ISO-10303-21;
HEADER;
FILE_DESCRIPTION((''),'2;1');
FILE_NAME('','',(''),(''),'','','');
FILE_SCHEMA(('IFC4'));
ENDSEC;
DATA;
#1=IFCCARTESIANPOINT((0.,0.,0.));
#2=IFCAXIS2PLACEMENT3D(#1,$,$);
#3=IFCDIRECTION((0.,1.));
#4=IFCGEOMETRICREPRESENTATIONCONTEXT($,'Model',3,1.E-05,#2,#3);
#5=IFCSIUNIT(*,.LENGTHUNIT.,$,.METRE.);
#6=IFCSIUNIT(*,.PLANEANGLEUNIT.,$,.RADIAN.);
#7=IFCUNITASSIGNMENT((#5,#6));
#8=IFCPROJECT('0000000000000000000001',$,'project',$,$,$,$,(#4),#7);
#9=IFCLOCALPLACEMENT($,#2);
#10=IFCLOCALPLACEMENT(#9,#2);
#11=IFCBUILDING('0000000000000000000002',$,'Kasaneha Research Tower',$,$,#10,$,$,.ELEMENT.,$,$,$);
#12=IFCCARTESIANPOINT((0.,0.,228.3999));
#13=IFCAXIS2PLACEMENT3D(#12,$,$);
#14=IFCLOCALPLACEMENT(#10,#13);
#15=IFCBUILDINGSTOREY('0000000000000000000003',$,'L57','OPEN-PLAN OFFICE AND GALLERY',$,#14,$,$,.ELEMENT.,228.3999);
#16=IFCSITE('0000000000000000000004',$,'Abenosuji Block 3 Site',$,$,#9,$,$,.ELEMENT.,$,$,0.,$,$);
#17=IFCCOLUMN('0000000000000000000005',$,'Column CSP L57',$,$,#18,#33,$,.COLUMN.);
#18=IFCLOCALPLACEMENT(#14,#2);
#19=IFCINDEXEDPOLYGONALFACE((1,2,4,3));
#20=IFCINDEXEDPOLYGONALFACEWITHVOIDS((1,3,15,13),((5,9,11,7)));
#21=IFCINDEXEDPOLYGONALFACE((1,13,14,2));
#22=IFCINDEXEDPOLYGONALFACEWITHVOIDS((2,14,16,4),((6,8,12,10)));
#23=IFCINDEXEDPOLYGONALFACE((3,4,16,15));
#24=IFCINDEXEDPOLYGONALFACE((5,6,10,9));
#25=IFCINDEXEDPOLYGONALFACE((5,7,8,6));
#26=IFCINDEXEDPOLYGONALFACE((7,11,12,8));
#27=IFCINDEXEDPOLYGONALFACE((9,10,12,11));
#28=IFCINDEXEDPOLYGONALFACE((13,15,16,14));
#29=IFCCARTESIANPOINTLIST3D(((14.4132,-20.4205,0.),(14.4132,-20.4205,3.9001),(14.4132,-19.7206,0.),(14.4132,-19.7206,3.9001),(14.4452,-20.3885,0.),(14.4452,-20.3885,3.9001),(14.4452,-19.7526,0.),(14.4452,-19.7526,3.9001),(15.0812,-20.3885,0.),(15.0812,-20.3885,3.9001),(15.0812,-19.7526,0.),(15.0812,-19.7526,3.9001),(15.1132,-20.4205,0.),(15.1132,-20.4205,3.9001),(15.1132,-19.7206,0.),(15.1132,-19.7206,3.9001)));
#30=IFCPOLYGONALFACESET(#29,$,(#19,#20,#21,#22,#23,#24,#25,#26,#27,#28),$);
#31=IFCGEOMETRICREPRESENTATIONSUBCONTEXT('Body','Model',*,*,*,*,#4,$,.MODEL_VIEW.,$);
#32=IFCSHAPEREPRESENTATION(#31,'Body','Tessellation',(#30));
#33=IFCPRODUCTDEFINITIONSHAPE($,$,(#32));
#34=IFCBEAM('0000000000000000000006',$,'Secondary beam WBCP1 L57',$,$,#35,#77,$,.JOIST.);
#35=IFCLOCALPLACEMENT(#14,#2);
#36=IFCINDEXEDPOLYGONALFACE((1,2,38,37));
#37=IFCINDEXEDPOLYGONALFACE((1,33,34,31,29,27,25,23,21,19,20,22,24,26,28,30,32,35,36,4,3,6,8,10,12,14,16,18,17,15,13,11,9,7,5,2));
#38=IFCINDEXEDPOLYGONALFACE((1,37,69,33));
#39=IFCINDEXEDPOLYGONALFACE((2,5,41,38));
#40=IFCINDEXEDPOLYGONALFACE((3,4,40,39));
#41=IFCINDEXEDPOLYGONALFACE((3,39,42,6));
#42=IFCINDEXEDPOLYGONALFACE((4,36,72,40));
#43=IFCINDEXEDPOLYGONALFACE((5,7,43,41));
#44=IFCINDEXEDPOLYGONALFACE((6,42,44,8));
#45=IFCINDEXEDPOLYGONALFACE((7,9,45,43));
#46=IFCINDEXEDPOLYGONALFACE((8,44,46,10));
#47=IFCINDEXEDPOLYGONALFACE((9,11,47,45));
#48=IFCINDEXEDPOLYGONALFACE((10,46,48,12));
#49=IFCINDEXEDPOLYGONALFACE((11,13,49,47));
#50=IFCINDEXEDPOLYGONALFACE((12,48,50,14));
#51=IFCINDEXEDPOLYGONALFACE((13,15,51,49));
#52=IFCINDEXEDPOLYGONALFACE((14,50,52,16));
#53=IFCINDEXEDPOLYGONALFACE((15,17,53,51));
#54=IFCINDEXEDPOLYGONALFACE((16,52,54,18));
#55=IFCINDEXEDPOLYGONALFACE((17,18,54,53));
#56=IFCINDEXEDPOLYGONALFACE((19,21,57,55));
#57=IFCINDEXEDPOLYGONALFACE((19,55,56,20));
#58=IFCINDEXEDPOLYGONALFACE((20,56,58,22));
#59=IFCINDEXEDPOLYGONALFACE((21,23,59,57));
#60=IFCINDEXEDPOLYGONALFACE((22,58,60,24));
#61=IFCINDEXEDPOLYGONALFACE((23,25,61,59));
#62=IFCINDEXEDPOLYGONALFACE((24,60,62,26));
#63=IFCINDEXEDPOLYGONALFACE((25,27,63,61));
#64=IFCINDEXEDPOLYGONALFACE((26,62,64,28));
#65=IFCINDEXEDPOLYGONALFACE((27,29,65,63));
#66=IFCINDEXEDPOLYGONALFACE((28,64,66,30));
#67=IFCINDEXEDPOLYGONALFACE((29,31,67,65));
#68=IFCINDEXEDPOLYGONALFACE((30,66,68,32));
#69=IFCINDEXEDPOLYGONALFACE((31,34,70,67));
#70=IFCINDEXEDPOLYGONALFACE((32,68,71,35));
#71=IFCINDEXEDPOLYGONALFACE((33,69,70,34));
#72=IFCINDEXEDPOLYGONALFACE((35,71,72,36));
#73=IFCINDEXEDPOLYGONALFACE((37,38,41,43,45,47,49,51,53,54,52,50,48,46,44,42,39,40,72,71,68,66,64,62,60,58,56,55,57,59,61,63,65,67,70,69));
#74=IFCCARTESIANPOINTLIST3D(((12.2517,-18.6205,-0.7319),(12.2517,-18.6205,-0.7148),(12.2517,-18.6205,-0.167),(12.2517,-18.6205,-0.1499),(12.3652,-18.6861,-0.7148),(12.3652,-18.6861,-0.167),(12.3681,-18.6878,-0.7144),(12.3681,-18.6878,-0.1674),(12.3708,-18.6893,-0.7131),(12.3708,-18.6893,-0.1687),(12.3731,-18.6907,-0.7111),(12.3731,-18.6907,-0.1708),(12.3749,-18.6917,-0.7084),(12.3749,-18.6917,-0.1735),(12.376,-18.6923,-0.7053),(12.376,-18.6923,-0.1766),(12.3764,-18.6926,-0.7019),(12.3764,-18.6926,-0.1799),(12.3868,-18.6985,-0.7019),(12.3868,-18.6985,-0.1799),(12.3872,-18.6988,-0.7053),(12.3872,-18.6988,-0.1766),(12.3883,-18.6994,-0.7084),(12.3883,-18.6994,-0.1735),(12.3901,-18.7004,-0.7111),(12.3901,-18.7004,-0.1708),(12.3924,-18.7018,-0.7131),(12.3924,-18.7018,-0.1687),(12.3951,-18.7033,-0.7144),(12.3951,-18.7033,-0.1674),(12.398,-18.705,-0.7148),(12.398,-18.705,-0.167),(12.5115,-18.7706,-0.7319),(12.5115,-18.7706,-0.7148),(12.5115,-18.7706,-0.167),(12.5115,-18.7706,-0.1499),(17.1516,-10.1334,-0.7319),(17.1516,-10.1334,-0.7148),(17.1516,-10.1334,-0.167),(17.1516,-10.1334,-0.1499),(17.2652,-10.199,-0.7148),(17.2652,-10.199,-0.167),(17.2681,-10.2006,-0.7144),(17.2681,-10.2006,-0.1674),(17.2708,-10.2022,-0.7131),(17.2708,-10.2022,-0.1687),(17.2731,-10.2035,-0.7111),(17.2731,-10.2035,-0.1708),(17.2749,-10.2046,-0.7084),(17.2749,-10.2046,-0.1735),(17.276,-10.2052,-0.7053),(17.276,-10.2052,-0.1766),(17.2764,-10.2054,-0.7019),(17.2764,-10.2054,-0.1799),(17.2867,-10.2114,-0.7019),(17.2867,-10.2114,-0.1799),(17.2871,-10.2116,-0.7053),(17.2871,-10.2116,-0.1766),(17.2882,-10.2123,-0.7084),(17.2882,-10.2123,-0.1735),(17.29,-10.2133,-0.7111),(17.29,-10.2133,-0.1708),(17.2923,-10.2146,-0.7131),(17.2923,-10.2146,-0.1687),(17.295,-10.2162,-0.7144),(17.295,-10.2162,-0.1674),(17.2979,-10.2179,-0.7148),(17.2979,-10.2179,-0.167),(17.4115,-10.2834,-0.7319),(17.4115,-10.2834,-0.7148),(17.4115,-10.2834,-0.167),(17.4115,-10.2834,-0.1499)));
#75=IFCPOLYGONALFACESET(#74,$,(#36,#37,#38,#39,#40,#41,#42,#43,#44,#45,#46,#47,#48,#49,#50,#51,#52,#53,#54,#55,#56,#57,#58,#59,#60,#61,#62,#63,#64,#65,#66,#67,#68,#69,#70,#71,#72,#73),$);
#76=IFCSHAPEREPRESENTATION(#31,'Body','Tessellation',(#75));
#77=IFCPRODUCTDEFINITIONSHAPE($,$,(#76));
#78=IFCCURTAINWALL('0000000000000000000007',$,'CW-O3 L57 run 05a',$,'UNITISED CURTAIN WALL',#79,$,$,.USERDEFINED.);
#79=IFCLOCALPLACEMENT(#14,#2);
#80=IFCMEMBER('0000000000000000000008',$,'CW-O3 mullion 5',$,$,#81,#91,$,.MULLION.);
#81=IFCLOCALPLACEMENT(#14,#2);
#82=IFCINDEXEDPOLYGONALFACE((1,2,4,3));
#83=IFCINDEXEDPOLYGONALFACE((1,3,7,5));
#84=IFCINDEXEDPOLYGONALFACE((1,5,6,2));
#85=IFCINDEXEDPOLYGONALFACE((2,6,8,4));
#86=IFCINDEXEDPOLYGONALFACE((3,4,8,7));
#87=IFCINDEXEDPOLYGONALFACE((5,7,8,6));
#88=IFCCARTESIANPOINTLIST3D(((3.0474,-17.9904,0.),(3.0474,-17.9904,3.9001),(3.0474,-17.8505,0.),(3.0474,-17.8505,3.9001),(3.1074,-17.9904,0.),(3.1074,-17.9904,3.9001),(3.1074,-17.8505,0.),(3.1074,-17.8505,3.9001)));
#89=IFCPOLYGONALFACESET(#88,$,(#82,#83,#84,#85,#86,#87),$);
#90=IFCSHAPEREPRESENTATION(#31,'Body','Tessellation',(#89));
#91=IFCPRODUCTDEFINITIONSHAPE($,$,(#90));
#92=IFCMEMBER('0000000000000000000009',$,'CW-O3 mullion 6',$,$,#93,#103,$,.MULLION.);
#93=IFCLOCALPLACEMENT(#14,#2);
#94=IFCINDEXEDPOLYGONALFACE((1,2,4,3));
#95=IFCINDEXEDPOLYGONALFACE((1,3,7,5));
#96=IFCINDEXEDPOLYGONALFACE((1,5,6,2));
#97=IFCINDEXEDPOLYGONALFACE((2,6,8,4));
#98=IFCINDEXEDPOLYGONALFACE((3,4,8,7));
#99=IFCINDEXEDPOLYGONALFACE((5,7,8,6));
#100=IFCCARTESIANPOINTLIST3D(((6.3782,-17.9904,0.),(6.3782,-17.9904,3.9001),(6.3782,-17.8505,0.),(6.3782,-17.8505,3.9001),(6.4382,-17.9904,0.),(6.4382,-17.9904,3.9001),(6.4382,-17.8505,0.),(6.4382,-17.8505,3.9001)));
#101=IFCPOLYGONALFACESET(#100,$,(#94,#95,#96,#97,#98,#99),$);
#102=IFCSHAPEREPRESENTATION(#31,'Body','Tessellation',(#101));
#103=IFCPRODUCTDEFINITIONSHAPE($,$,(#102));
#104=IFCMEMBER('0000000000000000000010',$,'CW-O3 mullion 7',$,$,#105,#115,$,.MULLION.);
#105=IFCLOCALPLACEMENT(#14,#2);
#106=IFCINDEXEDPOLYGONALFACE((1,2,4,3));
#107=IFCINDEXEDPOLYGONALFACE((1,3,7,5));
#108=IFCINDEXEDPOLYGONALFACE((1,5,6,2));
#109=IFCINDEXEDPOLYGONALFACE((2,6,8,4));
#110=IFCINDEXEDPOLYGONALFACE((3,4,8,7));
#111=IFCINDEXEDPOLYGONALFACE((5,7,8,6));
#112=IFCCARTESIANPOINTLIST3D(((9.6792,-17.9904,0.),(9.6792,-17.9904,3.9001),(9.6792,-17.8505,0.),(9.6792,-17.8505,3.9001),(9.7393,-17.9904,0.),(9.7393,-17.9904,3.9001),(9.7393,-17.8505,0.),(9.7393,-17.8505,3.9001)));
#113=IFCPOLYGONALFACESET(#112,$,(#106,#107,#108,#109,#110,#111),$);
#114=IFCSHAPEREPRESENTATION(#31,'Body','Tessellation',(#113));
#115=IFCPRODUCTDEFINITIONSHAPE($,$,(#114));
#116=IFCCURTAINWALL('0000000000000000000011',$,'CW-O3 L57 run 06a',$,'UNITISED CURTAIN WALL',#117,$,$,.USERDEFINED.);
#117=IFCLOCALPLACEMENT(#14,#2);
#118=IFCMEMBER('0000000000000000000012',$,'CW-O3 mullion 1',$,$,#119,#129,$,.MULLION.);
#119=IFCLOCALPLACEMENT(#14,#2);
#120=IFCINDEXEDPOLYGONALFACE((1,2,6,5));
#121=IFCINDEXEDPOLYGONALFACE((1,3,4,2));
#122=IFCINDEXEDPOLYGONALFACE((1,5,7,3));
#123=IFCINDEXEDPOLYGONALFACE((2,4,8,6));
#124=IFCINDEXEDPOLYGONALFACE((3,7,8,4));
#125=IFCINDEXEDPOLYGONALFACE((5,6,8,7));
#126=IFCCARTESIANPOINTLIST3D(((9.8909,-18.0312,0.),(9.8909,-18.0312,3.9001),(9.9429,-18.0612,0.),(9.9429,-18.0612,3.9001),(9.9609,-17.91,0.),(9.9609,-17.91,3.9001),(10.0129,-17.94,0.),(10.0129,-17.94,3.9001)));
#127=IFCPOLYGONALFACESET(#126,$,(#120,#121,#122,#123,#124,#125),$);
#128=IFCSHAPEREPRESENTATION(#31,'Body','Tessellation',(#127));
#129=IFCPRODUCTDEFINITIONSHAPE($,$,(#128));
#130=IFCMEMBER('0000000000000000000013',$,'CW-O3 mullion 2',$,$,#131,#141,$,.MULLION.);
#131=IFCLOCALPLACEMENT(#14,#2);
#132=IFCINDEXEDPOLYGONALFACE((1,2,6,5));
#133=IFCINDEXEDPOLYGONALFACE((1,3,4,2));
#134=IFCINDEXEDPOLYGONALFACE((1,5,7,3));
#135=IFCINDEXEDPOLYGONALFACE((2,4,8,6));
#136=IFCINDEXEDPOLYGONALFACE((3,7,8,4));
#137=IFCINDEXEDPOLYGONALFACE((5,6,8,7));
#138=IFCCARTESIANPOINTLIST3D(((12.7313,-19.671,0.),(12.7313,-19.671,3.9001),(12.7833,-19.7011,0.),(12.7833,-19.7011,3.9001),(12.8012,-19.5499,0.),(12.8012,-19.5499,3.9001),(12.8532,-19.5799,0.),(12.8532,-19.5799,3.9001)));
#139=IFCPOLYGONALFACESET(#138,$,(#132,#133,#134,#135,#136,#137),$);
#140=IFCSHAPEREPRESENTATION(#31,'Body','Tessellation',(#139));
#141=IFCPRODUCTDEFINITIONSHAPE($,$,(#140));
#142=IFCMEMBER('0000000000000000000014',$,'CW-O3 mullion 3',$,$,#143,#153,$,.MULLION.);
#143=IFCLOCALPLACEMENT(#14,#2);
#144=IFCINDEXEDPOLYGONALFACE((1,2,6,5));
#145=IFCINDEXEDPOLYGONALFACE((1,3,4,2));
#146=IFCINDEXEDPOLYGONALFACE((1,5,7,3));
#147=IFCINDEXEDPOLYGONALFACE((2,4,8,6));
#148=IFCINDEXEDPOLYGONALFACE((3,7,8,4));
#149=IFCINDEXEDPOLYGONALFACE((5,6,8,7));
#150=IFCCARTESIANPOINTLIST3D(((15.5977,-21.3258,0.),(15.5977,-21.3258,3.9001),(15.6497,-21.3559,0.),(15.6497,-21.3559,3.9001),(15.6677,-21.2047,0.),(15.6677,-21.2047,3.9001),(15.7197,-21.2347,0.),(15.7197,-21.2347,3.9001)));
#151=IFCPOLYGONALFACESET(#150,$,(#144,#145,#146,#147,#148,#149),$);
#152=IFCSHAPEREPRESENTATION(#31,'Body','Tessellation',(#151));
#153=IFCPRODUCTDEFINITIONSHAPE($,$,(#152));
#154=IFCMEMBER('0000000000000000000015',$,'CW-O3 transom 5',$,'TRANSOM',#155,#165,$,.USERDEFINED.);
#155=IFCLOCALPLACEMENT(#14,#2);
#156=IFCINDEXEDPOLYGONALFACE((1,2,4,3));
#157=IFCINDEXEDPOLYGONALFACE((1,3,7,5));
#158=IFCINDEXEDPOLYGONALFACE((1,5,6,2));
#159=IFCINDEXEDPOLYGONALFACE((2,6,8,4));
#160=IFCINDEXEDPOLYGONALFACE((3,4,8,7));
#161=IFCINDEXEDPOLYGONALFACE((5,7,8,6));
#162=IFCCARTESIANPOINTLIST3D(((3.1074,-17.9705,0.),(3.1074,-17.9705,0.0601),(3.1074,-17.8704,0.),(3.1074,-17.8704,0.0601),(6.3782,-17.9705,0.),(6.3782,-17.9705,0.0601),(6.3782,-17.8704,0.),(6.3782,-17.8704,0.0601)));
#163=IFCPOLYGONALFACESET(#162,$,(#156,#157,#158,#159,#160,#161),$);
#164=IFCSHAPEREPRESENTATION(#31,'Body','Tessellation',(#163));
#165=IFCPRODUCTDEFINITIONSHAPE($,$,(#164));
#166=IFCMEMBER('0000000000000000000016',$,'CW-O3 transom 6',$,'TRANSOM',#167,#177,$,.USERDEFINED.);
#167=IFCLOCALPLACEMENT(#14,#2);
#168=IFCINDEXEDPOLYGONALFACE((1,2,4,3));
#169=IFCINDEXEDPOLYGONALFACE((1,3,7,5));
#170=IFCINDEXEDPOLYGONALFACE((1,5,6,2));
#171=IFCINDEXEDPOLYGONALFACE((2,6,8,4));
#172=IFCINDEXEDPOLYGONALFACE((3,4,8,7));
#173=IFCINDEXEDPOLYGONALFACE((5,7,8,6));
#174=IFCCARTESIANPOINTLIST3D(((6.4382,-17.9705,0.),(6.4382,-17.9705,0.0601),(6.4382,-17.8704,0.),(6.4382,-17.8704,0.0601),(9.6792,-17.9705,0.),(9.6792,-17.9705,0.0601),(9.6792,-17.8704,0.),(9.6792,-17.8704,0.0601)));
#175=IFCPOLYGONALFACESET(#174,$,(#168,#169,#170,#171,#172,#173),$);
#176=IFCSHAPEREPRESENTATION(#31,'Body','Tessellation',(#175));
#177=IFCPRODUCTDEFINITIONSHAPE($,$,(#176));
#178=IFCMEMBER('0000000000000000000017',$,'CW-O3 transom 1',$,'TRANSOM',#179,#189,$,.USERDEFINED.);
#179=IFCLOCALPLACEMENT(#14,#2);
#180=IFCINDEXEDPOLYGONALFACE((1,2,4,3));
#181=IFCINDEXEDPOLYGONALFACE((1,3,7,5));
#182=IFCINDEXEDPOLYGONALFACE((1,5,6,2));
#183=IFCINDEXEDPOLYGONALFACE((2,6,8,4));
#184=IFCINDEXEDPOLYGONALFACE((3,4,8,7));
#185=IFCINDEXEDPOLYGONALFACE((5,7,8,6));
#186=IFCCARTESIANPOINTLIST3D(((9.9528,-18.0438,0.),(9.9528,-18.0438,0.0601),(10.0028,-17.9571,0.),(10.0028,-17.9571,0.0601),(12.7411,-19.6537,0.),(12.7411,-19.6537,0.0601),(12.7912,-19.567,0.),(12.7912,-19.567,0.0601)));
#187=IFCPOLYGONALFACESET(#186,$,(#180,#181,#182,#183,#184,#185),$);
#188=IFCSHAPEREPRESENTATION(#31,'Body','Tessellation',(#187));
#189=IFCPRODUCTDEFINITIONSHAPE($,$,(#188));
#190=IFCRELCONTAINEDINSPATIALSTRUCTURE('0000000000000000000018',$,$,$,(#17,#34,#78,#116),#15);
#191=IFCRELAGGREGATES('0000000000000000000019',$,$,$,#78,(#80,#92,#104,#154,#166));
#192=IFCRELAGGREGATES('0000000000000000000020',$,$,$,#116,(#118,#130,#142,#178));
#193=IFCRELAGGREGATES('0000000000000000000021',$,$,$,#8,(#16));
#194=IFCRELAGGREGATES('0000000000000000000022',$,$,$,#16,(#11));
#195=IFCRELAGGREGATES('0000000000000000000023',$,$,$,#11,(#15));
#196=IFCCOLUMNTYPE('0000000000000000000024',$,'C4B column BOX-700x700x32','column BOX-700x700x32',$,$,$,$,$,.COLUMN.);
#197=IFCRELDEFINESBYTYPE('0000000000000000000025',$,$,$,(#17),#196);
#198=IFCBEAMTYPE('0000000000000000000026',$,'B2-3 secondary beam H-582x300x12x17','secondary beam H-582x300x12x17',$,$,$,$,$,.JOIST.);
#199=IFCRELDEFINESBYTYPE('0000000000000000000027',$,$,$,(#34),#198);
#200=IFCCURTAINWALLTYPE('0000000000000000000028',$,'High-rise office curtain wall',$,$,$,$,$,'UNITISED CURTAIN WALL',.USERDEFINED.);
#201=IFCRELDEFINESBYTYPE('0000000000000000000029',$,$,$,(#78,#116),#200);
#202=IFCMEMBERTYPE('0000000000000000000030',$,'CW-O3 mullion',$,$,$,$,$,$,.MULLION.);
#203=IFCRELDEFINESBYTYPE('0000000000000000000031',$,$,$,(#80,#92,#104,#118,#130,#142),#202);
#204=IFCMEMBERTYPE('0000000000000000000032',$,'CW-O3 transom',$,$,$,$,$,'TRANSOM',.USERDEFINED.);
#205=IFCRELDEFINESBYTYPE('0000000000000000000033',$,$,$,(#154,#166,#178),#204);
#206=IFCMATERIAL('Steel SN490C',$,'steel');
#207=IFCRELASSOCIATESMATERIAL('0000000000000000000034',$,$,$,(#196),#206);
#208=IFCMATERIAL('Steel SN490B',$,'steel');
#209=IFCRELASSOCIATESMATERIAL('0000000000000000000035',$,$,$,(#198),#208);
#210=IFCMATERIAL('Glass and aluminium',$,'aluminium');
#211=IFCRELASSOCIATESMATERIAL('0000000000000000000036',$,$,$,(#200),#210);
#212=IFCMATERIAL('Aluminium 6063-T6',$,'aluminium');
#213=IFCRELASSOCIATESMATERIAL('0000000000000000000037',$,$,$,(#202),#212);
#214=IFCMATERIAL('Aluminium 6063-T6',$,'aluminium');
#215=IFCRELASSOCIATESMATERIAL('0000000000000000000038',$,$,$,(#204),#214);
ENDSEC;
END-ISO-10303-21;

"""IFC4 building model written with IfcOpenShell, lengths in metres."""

from ifc_helpers import new_model, si_unit, direction, frame, origin, origin_2d, place, context, subcontext, project, spatial, rectangle, hollow_rectangle, i_section, extrude, material, material_profile, profile_set, type_object, element, aggregate, save


model = new_model("IFC4")

# Units and contexts
model_context = context("Model", 3, precision=1e-05, world=origin(), true_north=direction((0.0, 1.0)))
body_context = subcontext(model_context, "Body", "Model", "MODEL_VIEW")
ifc_project = project(units=[si_unit("LENGTHUNIT", "METRE"), si_unit("PLANEANGLEUNIT", "RADIAN")], contexts=[model_context])

# Site, building, storey
site_placement = place(None, origin())
site = spatial("IfcSite", under=ifc_project, at=site_placement, Name="Abenosuji Block 3 Site", CompositionType="ELEMENT", RefElevation=0.0)
building_placement = place(site_placement, origin())
building = spatial("IfcBuilding", under=site, at=building_placement, Name="Kasaneha Research Tower", CompositionType="ELEMENT")
storey_placement = place(building_placement, frame((0.0, 0.0, 228.3999)))
storey = spatial("IfcBuildingStorey", under=building, at=storey_placement, Name="L57", Description="OPEN-PLAN OFFICE AND GALLERY", CompositionType="ELEMENT", Elevation=228.3999)

# Column
ifc_material_1 = material(Name="Steel SN490C", Category="steel")
ifc_material_profile_1 = material_profile(ifc_material_1, hollow_rectangle(XDim=0.7, YDim=0.7, WallThickness=0.032, at=origin_2d()), Name="BOX-700x700x32")
ifc_profile_set_1 = profile_set([ifc_material_profile_1], Name="Steel SN490C")
column_type = type_object("IfcColumnType", Name="C4B column BOX-700x700x32", Description="column BOX-700x700x32", PredefinedType="COLUMN", material=ifc_profile_set_1)
column_placement = place(storey_placement, frame((14.7632, -20.0706, 0.0), z_axis=(0.0, 0.0, 1.0), x_axis=(1.0, 0.0, 0.0)))
element("IfcColumn", 1, at=column_placement, inside=storey, type_object=column_type, Name="Column CSP L57", PredefinedType="COLUMN", context=body_context, shape_type="SweptSolid", body=[
    extrude(hollow_rectangle(XDim=0.7, YDim=0.7, WallThickness=0.032, at=origin_2d()), origin(), (0.0, 0.0, 1.0), 3.9001),
])

# Beam
ifc_material_2 = material(Name="Steel SN490B", Category="steel")
ifc_material_profile_2 = material_profile(ifc_material_2, i_section(OverallWidth=0.3, OverallDepth=0.582, WebThickness=0.012, FlangeThickness=0.0171, FilletRadius=0.0129, at=origin_2d()), Name="H-582x300x12x17")
ifc_profile_set_2 = profile_set([ifc_material_profile_2], Name="Steel SN490B")
beam_type_1 = type_object("IfcBeamType", Name="B2-3 secondary beam H-582x300x12x17", Description="secondary beam H-582x300x12x17", PredefinedType="JOIST", material=ifc_profile_set_2)
beam_1_placement = place(storey_placement, frame((12.3816, -18.6956, -0.4409), z_axis=(0.499992, 0.86603, 0.0), x_axis=(-0.86603, 0.499992, 0.0)))
element("IfcBeam", 2, at=beam_1_placement, inside=storey, type_object=beam_type_1, Name="Secondary beam WBCP1 L57", PredefinedType="JOIST", context=body_context, shape_type="SweptSolid", body=[
    extrude(i_section(OverallWidth=0.3, OverallDepth=0.582, WebThickness=0.012, FlangeThickness=0.0171, FilletRadius=0.0129, at=origin_2d()), origin(), (0.0, 0.0, 1.0), 9.8),
])

# Curtain walls, members
ifc_material_3 = material(Name="Glass and aluminium", Category="aluminium")
curtain_wall_type = type_object("IfcCurtainWallType", Name="High-rise office curtain wall", ElementType="UNITISED CURTAIN WALL", PredefinedType="USERDEFINED", material=ifc_material_3)
curtain_wall_1_placement = place(storey_placement, origin())
curtain_wall_1 = element("IfcCurtainWall", 3, at=curtain_wall_1_placement, inside=storey, type_object=curtain_wall_type, Name="CW-O3 L57 run 05a", ObjectType="UNITISED CURTAIN WALL", PredefinedType="USERDEFINED")
ifc_material_4 = material(Name="Aluminium 6063-T6", Category="aluminium")
ifc_material_profile_3 = material_profile(ifc_material_4, rectangle(XDim=0.0601, YDim=0.1399, at=origin_2d()), Name="CW-O3 mullion 60x140")
ifc_profile_set_3 = profile_set([ifc_material_profile_3], Name="Aluminium 6063-T6")
member_type_1 = type_object("IfcMemberType", Name="CW-O3 mullion", PredefinedType="MULLION", material=ifc_profile_set_3)
member_1_placement = place(storey_placement, frame((3.0774, -17.9204, 0.0), z_axis=(0.0, 0.0, 1.0), x_axis=(1.0, 0.0, 0.0)))
member_1 = element("IfcMember", 4, at=member_1_placement, type_object=member_type_1, Name="CW-O3 mullion 5", PredefinedType="MULLION", context=body_context, shape_type="SweptSolid", body=[
    extrude(rectangle(XDim=0.0601, YDim=0.1399, at=origin_2d()), origin(), (0.0, 0.0, 1.0), 3.9001),
])
member_2_placement = place(storey_placement, frame((6.4082, -17.9204, 0.0), z_axis=(0.0, 0.0, 1.0), x_axis=(1.0, 0.0, 0.0)))
member_2 = element("IfcMember", 5, at=member_2_placement, type_object=member_type_1, Name="CW-O3 mullion 6", PredefinedType="MULLION", context=body_context, shape_type="SweptSolid", body=[
    extrude(rectangle(XDim=0.0601, YDim=0.1399, at=origin_2d()), origin(), (0.0, 0.0, 1.0), 3.9001),
])
member_3_placement = place(storey_placement, frame((9.7092, -17.9204, 0.0), z_axis=(0.0, 0.0, 1.0), x_axis=(1.0, 0.0, 0.0)))
member_3 = element("IfcMember", 6, at=member_3_placement, type_object=member_type_1, Name="CW-O3 mullion 7", PredefinedType="MULLION", context=body_context, shape_type="SweptSolid", body=[
    extrude(rectangle(XDim=0.0601, YDim=0.1399, at=origin_2d()), origin(), (0.0, 0.0, 1.0), 3.9001),
])
curtain_wall_2_placement = place(storey_placement, origin())
curtain_wall_2 = element("IfcCurtainWall", 7, at=curtain_wall_2_placement, inside=storey, type_object=curtain_wall_type, Name="CW-O3 L57 run 06a", ObjectType="UNITISED CURTAIN WALL", PredefinedType="USERDEFINED")
member_4_placement = place(storey_placement, frame((9.9519, -17.9856, 0.0), z_axis=(0.0, 0.0, 1.0), x_axis=(0.866025, -0.5, 0.0)))
member_4 = element("IfcMember", 8, at=member_4_placement, type_object=member_type_1, Name="CW-O3 mullion 1", PredefinedType="MULLION", context=body_context, shape_type="SweptSolid", body=[
    extrude(rectangle(XDim=0.0601, YDim=0.1399, at=origin_2d()), origin(), (0.0, 0.0, 1.0), 3.9001),
])
member_5_placement = place(storey_placement, frame((12.7922, -19.6255, 0.0), z_axis=(0.0, 0.0, 1.0), x_axis=(0.866025, -0.5, 0.0)))
member_5 = element("IfcMember", 9, at=member_5_placement, type_object=member_type_1, Name="CW-O3 mullion 2", PredefinedType="MULLION", context=body_context, shape_type="SweptSolid", body=[
    extrude(rectangle(XDim=0.0601, YDim=0.1399, at=origin_2d()), origin(), (0.0, 0.0, 1.0), 3.9001),
])
member_6_placement = place(storey_placement, frame((15.6587, -21.2803, 0.0), z_axis=(0.0, 0.0, 1.0), x_axis=(0.866025, -0.5, 0.0)))
member_6 = element("IfcMember", 10, at=member_6_placement, type_object=member_type_1, Name="CW-O3 mullion 3", PredefinedType="MULLION", context=body_context, shape_type="SweptSolid", body=[
    extrude(rectangle(XDim=0.0601, YDim=0.1399, at=origin_2d()), origin(), (0.0, 0.0, 1.0), 3.9001),
])

# Members
ifc_material_5 = material(Name="Aluminium 6063-T6", Category="aluminium")
ifc_material_profile_4 = material_profile(ifc_material_5, rectangle(XDim=0.1001, YDim=0.0601, at=origin_2d()), Name="CW-O3 transom 100x60")
ifc_profile_set_4 = profile_set([ifc_material_profile_4], Name="Aluminium 6063-T6")
member_type_2 = type_object("IfcMemberType", Name="CW-O3 transom", ElementType="TRANSOM", PredefinedType="USERDEFINED", material=ifc_profile_set_4)
member_7_placement = place(storey_placement, frame((3.1074, -17.9204, 0.03), z_axis=(1.0, 0.0, 0.0), x_axis=(0.0, 1.0, 0.0)))
member_7 = element("IfcMember", 11, at=member_7_placement, type_object=member_type_2, Name="CW-O3 transom 5", ObjectType="TRANSOM", PredefinedType="USERDEFINED", context=body_context, shape_type="SweptSolid", body=[
    extrude(rectangle(XDim=0.1001, YDim=0.0601, at=origin_2d()), origin(), (0.0, 0.0, 1.0), 3.2708),
])
member_8_placement = place(storey_placement, frame((6.4382, -17.9204, 0.03), z_axis=(1.0, 0.0, 0.0), x_axis=(0.0, 1.0, 0.0)))
member_8 = element("IfcMember", 12, at=member_8_placement, type_object=member_type_2, Name="CW-O3 transom 6", ObjectType="TRANSOM", PredefinedType="USERDEFINED", context=body_context, shape_type="SweptSolid", body=[
    extrude(rectangle(XDim=0.1001, YDim=0.0601, at=origin_2d()), origin(), (0.0, 0.0, 1.0), 3.241),
])
member_9_placement = place(storey_placement, frame((9.9778, -18.0005, 0.03), z_axis=(0.866023, -0.500005, 0.0), x_axis=(0.500005, 0.866023, 0.0)))
member_9 = element("IfcMember", 13, at=member_9_placement, type_object=member_type_2, Name="CW-O3 transom 1", ObjectType="TRANSOM", PredefinedType="USERDEFINED", context=body_context, shape_type="SweptSolid", body=[
    extrude(rectangle(XDim=0.1001, YDim=0.0601, at=origin_2d()), origin(), (0.0, 0.0, 1.0), 3.2197),
])

aggregate(curtain_wall_1, [member_1, member_2, member_3, member_7, member_8])
aggregate(curtain_wall_2, [member_4, member_5, member_6, member_9])

save(model, "model.ifc")
